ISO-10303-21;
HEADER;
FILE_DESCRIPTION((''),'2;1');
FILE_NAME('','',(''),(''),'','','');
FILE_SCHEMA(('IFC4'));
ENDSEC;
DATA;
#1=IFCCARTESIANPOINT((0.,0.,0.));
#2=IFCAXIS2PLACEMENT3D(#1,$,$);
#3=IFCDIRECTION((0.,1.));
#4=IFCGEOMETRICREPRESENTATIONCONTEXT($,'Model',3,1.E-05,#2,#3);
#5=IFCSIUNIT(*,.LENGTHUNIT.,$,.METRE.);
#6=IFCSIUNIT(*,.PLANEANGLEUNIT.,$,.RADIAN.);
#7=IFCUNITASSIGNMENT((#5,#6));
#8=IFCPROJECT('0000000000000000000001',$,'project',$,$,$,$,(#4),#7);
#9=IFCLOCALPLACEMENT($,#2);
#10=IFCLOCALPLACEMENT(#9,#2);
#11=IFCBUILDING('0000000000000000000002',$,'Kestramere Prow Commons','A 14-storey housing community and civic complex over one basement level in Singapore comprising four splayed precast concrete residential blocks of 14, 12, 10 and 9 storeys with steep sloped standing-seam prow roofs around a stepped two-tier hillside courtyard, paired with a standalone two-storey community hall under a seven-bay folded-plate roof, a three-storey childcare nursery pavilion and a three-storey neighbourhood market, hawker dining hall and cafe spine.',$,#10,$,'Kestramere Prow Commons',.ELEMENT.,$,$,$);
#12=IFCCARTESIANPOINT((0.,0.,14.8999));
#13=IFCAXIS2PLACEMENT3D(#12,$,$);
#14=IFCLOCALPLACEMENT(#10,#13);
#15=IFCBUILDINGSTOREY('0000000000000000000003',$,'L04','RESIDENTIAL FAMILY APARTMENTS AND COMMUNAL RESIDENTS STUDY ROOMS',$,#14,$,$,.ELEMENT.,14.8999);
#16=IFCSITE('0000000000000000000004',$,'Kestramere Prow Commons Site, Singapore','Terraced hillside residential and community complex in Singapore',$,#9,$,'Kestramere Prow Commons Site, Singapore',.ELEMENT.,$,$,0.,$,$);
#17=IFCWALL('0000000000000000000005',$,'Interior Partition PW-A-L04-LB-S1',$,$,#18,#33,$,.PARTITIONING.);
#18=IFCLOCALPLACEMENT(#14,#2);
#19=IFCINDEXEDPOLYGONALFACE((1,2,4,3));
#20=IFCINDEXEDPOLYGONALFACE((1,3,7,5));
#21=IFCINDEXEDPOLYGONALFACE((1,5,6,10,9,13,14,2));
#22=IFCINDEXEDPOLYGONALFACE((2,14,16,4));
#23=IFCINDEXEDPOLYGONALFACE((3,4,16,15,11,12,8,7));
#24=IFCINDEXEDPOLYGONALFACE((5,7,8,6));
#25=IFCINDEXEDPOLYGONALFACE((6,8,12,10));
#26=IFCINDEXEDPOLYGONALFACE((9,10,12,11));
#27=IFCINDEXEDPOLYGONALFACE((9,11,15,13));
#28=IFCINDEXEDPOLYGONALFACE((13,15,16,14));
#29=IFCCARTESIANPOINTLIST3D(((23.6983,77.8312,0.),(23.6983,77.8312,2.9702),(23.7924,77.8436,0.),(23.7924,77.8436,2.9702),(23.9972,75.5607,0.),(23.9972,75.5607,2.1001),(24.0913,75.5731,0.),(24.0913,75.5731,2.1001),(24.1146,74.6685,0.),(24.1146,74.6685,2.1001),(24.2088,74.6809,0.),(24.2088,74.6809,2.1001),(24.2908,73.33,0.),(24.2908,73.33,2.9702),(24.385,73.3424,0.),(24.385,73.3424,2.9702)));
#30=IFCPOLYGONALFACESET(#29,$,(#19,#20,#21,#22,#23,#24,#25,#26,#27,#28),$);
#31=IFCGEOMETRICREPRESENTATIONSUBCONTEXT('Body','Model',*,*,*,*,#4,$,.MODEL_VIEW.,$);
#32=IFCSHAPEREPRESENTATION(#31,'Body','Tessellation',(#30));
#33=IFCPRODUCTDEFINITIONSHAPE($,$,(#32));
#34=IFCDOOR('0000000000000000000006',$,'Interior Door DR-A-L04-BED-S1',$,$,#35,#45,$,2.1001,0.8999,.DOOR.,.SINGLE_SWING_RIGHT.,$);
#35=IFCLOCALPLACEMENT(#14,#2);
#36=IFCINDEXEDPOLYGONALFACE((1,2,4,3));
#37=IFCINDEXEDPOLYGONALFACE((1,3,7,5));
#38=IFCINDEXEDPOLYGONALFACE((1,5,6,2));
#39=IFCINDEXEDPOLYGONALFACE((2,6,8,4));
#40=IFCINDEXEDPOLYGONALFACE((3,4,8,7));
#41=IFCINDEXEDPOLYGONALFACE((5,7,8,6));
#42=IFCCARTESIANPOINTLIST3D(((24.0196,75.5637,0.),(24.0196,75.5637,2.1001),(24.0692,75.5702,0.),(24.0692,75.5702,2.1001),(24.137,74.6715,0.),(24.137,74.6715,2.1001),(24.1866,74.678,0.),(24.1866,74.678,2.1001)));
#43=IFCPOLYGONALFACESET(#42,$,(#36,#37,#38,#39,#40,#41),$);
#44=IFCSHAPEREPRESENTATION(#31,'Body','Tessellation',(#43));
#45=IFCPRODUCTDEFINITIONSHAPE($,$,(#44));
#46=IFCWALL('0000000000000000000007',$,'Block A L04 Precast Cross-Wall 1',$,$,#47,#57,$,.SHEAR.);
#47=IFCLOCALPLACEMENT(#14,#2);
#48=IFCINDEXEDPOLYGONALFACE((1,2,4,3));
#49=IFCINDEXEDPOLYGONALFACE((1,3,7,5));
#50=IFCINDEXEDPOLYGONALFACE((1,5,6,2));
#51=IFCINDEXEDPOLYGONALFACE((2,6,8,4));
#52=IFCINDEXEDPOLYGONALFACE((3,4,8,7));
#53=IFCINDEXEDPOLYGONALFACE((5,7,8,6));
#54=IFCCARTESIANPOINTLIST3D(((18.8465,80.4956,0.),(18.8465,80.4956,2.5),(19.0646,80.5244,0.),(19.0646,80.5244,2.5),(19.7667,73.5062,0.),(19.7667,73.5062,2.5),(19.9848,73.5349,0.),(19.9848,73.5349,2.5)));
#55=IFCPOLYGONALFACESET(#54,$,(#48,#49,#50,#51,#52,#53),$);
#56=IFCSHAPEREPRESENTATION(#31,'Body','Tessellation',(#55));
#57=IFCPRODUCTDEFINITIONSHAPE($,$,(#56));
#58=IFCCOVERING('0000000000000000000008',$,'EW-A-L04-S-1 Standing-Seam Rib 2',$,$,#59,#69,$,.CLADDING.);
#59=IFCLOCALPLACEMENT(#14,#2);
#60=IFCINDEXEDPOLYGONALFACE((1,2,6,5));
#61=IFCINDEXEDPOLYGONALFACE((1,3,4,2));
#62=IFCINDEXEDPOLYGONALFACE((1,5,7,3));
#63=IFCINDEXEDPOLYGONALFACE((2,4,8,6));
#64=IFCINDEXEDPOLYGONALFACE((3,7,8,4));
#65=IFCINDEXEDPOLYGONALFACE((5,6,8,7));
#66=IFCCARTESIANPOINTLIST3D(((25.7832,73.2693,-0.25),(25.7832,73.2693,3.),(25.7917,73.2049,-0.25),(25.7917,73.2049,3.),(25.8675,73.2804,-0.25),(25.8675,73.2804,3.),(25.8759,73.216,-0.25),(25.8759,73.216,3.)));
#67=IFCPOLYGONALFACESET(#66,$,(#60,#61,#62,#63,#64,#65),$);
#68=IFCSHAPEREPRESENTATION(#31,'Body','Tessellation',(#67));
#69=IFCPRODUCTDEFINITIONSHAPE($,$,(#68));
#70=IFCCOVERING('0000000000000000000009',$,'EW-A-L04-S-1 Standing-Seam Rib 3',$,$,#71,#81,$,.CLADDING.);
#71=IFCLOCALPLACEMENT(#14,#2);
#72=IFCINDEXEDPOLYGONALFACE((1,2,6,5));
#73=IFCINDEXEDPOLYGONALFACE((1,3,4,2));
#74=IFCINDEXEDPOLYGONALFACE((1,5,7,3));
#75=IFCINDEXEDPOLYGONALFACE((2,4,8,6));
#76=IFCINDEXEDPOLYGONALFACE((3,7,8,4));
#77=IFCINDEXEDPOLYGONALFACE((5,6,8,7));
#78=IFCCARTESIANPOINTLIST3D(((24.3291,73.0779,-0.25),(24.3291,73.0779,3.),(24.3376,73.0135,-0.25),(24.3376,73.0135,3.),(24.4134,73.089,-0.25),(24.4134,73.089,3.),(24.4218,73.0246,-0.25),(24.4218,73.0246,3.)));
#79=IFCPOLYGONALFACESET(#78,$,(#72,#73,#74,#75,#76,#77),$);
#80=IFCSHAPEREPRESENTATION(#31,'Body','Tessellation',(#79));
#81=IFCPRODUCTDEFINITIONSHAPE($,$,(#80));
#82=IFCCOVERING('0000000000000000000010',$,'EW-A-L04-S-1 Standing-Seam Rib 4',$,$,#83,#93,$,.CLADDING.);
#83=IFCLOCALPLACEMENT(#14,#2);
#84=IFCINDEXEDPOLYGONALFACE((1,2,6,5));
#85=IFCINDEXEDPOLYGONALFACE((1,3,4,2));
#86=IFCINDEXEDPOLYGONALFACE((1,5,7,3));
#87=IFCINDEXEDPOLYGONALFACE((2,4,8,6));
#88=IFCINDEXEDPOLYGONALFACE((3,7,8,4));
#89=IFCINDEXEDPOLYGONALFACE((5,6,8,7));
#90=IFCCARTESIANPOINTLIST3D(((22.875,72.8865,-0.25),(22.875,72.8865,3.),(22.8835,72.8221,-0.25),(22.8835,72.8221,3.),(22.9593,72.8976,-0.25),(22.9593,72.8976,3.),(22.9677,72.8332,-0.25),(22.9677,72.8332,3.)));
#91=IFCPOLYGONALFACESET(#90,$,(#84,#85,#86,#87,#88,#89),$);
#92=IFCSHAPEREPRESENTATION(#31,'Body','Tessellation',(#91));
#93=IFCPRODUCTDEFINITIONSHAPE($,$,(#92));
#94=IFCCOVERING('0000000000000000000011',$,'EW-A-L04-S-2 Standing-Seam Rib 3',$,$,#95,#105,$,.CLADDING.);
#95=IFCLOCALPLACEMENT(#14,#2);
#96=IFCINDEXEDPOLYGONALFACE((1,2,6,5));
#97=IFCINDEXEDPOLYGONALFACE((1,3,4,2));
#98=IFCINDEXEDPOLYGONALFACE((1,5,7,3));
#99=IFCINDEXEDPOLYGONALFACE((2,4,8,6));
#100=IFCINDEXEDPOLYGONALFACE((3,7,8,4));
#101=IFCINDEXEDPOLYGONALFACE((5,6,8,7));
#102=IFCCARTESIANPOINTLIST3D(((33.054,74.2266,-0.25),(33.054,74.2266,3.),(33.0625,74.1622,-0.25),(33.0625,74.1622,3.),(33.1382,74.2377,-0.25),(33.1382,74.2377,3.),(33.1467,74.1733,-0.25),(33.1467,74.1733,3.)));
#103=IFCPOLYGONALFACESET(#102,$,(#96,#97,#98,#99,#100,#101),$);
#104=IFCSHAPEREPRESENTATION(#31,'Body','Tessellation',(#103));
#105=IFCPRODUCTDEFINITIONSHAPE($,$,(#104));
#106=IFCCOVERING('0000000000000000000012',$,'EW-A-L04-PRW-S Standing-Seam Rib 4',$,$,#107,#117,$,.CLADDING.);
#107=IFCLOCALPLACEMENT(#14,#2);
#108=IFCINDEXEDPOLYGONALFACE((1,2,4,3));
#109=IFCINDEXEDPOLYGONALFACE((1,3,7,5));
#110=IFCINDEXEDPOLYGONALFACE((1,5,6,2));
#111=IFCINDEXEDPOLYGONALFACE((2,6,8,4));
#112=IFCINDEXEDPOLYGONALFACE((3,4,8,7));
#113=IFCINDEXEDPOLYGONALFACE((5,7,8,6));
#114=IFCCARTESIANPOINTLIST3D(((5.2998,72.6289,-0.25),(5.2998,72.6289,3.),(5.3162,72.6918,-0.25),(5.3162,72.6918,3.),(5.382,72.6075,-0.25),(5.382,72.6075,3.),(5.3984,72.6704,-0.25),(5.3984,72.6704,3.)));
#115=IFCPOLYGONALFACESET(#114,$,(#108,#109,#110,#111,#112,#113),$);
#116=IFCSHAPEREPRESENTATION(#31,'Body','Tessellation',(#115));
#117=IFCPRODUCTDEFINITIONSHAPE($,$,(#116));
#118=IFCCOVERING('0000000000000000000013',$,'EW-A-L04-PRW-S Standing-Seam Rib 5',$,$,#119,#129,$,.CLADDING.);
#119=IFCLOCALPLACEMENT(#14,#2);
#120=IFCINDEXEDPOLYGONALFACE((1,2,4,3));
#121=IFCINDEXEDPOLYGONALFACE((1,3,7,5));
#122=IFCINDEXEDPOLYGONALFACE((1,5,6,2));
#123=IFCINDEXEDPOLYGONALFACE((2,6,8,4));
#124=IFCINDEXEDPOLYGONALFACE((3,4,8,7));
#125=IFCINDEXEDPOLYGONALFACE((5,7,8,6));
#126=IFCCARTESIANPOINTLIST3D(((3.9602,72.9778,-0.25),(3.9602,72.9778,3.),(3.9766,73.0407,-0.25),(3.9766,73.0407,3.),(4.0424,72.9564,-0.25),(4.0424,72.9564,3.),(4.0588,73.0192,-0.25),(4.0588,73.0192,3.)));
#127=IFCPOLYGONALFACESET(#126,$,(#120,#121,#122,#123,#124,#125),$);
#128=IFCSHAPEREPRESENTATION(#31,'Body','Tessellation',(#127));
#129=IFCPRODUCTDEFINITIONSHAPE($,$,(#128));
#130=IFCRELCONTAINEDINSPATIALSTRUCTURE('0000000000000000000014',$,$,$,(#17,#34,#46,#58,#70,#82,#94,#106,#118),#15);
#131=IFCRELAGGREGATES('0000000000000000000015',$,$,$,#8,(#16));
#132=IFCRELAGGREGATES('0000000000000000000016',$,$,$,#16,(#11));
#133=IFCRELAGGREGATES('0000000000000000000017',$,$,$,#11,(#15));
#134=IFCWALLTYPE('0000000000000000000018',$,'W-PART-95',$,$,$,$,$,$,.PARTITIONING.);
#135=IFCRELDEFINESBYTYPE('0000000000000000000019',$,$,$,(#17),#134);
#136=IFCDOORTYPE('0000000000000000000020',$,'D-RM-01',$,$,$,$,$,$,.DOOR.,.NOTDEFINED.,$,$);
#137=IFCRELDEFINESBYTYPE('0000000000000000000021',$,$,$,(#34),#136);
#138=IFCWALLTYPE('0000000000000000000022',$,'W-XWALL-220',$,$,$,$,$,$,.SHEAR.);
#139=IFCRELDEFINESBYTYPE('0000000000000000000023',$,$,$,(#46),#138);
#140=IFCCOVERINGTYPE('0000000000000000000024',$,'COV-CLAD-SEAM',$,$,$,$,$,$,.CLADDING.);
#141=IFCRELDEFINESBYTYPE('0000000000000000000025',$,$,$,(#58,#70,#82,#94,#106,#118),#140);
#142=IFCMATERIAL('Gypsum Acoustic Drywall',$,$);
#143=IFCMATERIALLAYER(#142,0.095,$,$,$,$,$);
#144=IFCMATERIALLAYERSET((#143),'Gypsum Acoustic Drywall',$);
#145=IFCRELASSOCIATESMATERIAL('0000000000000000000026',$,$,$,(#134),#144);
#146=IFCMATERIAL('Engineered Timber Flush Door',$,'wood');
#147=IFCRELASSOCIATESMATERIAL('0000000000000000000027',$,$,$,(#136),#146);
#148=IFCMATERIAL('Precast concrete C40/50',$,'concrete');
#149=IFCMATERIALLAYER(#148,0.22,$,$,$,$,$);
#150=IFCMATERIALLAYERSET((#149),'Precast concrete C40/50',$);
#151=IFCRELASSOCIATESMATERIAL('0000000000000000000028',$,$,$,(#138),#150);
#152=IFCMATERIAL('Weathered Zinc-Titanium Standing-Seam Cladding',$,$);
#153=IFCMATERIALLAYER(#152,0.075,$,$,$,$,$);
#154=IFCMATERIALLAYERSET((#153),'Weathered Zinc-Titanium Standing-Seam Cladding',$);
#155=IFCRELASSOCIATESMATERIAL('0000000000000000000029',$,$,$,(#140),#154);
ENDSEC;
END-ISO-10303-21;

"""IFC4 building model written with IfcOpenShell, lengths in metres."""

from ifc_helpers import new_model, si_unit, direction, frame, frame_2d, origin, origin_2d, place, context, subcontext, project, spatial, rectangle, extrude, material, layer, layer_set, type_object, element, fill, save


model = new_model("IFC4")

# Units and contexts
model_context = context("Model", 3, precision=1e-05, world=origin(), true_north=direction((0.0, 1.0)))
body_context = subcontext(model_context, "Body", "Model", "MODEL_VIEW")
ifc_project = project(units=[si_unit("LENGTHUNIT", "METRE"), si_unit("PLANEANGLEUNIT", "RADIAN")], contexts=[model_context])

# Site, building, storey
site_placement = place(None, origin())
site = spatial("IfcSite", under=ifc_project, at=site_placement, Name="Kestramere Prow Commons Site, Singapore", Description="Terraced hillside residential and community complex in Singapore", LongName="Kestramere Prow Commons Site, Singapore", CompositionType="ELEMENT", RefElevation=0.0)
building_placement = place(site_placement, origin())
building = spatial("IfcBuilding", under=site, at=building_placement, Name="Kestramere Prow Commons", Description="A 14-storey housing community and civic complex over one basement level in Singapore comprising four splayed precast concrete residential blocks of 14, 12, 10 and 9 storeys with steep sloped standing-seam prow roofs around a stepped two-tier hillside courtyard, paired with a standalone two-storey community hall under a seven-bay folded-plate roof, a three-storey childcare nursery pavilion and a three-storey neighbourhood market, hawker dining hall and cafe spine.", LongName="Kestramere Prow Commons", CompositionType="ELEMENT")
storey_placement = place(building_placement, frame((0.0, 0.0, 14.8999)))
storey = spatial("IfcBuildingStorey", under=building, at=storey_placement, Name="L04", Description="RESIDENTIAL FAMILY APARTMENTS AND COMMUNAL RESIDENTS STUDY ROOMS", CompositionType="ELEMENT", Elevation=14.8999)

# Shared definitions
ifc_material_1 = material(Name="Precast concrete C40/50", Category="concrete")

# Shared definitions
ifc_material_2 = material(Name="Weathered Zinc-Titanium Standing-Seam Cladding")

# Wall, opening, door
ifc_material_3 = material(Name="Gypsum Acoustic Drywall")
ifc_layer_1 = layer(ifc_material_3, 0.095)
ifc_layer_set_1 = layer_set([ifc_layer_1], Name="Gypsum Acoustic Drywall")
wall_type_1 = type_object("IfcWallType", Name="W-PART-95", PredefinedType="PARTITIONING", material=ifc_layer_set_1)
wall_1_placement = place(storey_placement, frame((24.3379, 73.3362, 0.0), z_axis=(0.0, 0.0, 1.0), x_axis=(-0.130512, 0.991447, 0.0)))
wall_1 = element("IfcWall", 1, at=wall_1_placement, inside=storey, type_object=wall_type_1, Name="Interior Partition PW-A-L04-LB-S1", PredefinedType="PARTITIONING", context=body_context, shape_type="SweptSolid", body=[
    extrude(rectangle(XDim=4.54, YDim=0.095, at=frame_2d((2.27, 0.0))), origin(), (0.0, 0.0, 1.0), 2.9702),
])
opening_1_placement = place(wall_1_placement, frame((1.3501, 0.0, 0.0)))
opening_1 = element("IfcOpeningElement", 2, at=opening_1_placement, cuts=wall_1, PredefinedType="OPENING", context=body_context, shape_type="SweptSolid", body=[
    extrude(rectangle(XDim=0.8999, YDim=2.1001, at=frame_2d((0.45, 1.05))), frame((0.0, 0.0625, 0.0), z_axis=(0.0, -1.0, 0.0), x_axis=(1.0, 0.0, 0.0)), (0.0, 0.0, 1.0), 0.125),
])
ifc_material_4 = material(Name="Engineered Timber Flush Door", Category="wood")
door_type_1 = type_object("IfcDoorType", Name="D-RM-01", OperationType="NOTDEFINED", PredefinedType="DOOR", material=ifc_material_4)
door_1_placement = place(opening_1_placement, origin())
door_1 = element("IfcDoor", 3, at=door_1_placement, inside=storey, type_object=door_type_1, Name="Interior Door DR-A-L04-BED-S1", OperationType="SINGLE_SWING_RIGHT", OverallHeight=2.1001, OverallWidth=0.8999, PredefinedType="DOOR", context=body_context, shape_type="SweptSolid", body=[
    extrude(rectangle(XDim=0.8999, YDim=2.1001, at=frame_2d((0.45, 1.05))), frame((0.0, 0.0249, 0.0), z_axis=(0.0, -1.0, 0.0), x_axis=(1.0, 0.0, 0.0)), (0.0, 0.0, 1.0), 0.05),
])
fill(opening_1, door_1)

# Wall
ifc_layer_2 = layer(ifc_material_1, 0.22)
ifc_layer_set_2 = layer_set([ifc_layer_2], Name="Precast concrete C40/50")
wall_type_2 = type_object("IfcWallType", Name="W-XWALL-220", PredefinedType="SHEAR", material=ifc_layer_set_2)
wall_2_placement = place(storey_placement, frame((19.8757, 73.5205, 0.0), z_axis=(0.0, 0.0, 1.0), x_axis=(-0.130523, 0.991445, 0.0)))
element("IfcWall", 4, at=wall_2_placement, inside=storey, type_object=wall_type_2, Name="Block A L04 Precast Cross-Wall 1", PredefinedType="SHEAR", context=body_context, shape_type="SweptSolid", body=[
    extrude(rectangle(XDim=7.0498, YDim=0.22, at=frame_2d((3.5249, 0.0))), origin(), (0.0, 0.0, 1.0), 2.5),
])

# Coverings
ifc_layer_3 = layer(ifc_material_2, 0.075)
ifc_layer_set_3 = layer_set([ifc_layer_3], Name="Weathered Zinc-Titanium Standing-Seam Cladding")
covering_type = type_object("IfcCoveringType", Name="COV-CLAD-SEAM", PredefinedType="CLADDING", material=ifc_layer_set_3)
for number, where, z_axis, x_axis, name in (
    (5, (25.8296, 73.2427, -0.25), (0.0, 0.0, 1.0), (-0.991445, -0.130526, 0.0), "EW-A-L04-S-1 Standing-Seam Rib 2"),
    (6, (24.3755, 73.0513, -0.25), (0.0, 0.0, 1.0), (-0.991445, -0.130526, 0.0), "EW-A-L04-S-1 Standing-Seam Rib 3"),
    (7, (22.9214, 72.8599, -0.25), (0.0, 0.0, 1.0), (-0.991445, -0.130526, 0.0), "EW-A-L04-S-1 Standing-Seam Rib 4"),
    (8, (33.1003, 74.2, -0.25), (0.0, 0.0, 1.0), (-0.991445, -0.130526, 0.0), "EW-A-L04-S-2 Standing-Seam Rib 3"),
    (9, (5.3491, 72.6497, -0.25), (0.0, 0.0, 1.0), (-0.967698, 0.252112, 0.0), "EW-A-L04-PRW-S Standing-Seam Rib 4"),
    (10, (4.0095, 72.9985, -0.25), (0.0, 0.0, 1.0), (-0.967698, 0.252112, 0.0), "EW-A-L04-PRW-S Standing-Seam Rib 5"),
):
    element("IfcCovering", number, at=place(storey_placement, frame(where, z_axis=z_axis, x_axis=x_axis)), inside=storey, type_object=covering_type, Name=name, PredefinedType="CLADDING", context=body_context, shape_type="SweptSolid", body=[
        extrude(rectangle(XDim=0.085, YDim=0.0649, at=origin_2d()), origin(), (0.0, 0.0, 1.0), 3.25),
    ])

save(model, "model.ifc")
